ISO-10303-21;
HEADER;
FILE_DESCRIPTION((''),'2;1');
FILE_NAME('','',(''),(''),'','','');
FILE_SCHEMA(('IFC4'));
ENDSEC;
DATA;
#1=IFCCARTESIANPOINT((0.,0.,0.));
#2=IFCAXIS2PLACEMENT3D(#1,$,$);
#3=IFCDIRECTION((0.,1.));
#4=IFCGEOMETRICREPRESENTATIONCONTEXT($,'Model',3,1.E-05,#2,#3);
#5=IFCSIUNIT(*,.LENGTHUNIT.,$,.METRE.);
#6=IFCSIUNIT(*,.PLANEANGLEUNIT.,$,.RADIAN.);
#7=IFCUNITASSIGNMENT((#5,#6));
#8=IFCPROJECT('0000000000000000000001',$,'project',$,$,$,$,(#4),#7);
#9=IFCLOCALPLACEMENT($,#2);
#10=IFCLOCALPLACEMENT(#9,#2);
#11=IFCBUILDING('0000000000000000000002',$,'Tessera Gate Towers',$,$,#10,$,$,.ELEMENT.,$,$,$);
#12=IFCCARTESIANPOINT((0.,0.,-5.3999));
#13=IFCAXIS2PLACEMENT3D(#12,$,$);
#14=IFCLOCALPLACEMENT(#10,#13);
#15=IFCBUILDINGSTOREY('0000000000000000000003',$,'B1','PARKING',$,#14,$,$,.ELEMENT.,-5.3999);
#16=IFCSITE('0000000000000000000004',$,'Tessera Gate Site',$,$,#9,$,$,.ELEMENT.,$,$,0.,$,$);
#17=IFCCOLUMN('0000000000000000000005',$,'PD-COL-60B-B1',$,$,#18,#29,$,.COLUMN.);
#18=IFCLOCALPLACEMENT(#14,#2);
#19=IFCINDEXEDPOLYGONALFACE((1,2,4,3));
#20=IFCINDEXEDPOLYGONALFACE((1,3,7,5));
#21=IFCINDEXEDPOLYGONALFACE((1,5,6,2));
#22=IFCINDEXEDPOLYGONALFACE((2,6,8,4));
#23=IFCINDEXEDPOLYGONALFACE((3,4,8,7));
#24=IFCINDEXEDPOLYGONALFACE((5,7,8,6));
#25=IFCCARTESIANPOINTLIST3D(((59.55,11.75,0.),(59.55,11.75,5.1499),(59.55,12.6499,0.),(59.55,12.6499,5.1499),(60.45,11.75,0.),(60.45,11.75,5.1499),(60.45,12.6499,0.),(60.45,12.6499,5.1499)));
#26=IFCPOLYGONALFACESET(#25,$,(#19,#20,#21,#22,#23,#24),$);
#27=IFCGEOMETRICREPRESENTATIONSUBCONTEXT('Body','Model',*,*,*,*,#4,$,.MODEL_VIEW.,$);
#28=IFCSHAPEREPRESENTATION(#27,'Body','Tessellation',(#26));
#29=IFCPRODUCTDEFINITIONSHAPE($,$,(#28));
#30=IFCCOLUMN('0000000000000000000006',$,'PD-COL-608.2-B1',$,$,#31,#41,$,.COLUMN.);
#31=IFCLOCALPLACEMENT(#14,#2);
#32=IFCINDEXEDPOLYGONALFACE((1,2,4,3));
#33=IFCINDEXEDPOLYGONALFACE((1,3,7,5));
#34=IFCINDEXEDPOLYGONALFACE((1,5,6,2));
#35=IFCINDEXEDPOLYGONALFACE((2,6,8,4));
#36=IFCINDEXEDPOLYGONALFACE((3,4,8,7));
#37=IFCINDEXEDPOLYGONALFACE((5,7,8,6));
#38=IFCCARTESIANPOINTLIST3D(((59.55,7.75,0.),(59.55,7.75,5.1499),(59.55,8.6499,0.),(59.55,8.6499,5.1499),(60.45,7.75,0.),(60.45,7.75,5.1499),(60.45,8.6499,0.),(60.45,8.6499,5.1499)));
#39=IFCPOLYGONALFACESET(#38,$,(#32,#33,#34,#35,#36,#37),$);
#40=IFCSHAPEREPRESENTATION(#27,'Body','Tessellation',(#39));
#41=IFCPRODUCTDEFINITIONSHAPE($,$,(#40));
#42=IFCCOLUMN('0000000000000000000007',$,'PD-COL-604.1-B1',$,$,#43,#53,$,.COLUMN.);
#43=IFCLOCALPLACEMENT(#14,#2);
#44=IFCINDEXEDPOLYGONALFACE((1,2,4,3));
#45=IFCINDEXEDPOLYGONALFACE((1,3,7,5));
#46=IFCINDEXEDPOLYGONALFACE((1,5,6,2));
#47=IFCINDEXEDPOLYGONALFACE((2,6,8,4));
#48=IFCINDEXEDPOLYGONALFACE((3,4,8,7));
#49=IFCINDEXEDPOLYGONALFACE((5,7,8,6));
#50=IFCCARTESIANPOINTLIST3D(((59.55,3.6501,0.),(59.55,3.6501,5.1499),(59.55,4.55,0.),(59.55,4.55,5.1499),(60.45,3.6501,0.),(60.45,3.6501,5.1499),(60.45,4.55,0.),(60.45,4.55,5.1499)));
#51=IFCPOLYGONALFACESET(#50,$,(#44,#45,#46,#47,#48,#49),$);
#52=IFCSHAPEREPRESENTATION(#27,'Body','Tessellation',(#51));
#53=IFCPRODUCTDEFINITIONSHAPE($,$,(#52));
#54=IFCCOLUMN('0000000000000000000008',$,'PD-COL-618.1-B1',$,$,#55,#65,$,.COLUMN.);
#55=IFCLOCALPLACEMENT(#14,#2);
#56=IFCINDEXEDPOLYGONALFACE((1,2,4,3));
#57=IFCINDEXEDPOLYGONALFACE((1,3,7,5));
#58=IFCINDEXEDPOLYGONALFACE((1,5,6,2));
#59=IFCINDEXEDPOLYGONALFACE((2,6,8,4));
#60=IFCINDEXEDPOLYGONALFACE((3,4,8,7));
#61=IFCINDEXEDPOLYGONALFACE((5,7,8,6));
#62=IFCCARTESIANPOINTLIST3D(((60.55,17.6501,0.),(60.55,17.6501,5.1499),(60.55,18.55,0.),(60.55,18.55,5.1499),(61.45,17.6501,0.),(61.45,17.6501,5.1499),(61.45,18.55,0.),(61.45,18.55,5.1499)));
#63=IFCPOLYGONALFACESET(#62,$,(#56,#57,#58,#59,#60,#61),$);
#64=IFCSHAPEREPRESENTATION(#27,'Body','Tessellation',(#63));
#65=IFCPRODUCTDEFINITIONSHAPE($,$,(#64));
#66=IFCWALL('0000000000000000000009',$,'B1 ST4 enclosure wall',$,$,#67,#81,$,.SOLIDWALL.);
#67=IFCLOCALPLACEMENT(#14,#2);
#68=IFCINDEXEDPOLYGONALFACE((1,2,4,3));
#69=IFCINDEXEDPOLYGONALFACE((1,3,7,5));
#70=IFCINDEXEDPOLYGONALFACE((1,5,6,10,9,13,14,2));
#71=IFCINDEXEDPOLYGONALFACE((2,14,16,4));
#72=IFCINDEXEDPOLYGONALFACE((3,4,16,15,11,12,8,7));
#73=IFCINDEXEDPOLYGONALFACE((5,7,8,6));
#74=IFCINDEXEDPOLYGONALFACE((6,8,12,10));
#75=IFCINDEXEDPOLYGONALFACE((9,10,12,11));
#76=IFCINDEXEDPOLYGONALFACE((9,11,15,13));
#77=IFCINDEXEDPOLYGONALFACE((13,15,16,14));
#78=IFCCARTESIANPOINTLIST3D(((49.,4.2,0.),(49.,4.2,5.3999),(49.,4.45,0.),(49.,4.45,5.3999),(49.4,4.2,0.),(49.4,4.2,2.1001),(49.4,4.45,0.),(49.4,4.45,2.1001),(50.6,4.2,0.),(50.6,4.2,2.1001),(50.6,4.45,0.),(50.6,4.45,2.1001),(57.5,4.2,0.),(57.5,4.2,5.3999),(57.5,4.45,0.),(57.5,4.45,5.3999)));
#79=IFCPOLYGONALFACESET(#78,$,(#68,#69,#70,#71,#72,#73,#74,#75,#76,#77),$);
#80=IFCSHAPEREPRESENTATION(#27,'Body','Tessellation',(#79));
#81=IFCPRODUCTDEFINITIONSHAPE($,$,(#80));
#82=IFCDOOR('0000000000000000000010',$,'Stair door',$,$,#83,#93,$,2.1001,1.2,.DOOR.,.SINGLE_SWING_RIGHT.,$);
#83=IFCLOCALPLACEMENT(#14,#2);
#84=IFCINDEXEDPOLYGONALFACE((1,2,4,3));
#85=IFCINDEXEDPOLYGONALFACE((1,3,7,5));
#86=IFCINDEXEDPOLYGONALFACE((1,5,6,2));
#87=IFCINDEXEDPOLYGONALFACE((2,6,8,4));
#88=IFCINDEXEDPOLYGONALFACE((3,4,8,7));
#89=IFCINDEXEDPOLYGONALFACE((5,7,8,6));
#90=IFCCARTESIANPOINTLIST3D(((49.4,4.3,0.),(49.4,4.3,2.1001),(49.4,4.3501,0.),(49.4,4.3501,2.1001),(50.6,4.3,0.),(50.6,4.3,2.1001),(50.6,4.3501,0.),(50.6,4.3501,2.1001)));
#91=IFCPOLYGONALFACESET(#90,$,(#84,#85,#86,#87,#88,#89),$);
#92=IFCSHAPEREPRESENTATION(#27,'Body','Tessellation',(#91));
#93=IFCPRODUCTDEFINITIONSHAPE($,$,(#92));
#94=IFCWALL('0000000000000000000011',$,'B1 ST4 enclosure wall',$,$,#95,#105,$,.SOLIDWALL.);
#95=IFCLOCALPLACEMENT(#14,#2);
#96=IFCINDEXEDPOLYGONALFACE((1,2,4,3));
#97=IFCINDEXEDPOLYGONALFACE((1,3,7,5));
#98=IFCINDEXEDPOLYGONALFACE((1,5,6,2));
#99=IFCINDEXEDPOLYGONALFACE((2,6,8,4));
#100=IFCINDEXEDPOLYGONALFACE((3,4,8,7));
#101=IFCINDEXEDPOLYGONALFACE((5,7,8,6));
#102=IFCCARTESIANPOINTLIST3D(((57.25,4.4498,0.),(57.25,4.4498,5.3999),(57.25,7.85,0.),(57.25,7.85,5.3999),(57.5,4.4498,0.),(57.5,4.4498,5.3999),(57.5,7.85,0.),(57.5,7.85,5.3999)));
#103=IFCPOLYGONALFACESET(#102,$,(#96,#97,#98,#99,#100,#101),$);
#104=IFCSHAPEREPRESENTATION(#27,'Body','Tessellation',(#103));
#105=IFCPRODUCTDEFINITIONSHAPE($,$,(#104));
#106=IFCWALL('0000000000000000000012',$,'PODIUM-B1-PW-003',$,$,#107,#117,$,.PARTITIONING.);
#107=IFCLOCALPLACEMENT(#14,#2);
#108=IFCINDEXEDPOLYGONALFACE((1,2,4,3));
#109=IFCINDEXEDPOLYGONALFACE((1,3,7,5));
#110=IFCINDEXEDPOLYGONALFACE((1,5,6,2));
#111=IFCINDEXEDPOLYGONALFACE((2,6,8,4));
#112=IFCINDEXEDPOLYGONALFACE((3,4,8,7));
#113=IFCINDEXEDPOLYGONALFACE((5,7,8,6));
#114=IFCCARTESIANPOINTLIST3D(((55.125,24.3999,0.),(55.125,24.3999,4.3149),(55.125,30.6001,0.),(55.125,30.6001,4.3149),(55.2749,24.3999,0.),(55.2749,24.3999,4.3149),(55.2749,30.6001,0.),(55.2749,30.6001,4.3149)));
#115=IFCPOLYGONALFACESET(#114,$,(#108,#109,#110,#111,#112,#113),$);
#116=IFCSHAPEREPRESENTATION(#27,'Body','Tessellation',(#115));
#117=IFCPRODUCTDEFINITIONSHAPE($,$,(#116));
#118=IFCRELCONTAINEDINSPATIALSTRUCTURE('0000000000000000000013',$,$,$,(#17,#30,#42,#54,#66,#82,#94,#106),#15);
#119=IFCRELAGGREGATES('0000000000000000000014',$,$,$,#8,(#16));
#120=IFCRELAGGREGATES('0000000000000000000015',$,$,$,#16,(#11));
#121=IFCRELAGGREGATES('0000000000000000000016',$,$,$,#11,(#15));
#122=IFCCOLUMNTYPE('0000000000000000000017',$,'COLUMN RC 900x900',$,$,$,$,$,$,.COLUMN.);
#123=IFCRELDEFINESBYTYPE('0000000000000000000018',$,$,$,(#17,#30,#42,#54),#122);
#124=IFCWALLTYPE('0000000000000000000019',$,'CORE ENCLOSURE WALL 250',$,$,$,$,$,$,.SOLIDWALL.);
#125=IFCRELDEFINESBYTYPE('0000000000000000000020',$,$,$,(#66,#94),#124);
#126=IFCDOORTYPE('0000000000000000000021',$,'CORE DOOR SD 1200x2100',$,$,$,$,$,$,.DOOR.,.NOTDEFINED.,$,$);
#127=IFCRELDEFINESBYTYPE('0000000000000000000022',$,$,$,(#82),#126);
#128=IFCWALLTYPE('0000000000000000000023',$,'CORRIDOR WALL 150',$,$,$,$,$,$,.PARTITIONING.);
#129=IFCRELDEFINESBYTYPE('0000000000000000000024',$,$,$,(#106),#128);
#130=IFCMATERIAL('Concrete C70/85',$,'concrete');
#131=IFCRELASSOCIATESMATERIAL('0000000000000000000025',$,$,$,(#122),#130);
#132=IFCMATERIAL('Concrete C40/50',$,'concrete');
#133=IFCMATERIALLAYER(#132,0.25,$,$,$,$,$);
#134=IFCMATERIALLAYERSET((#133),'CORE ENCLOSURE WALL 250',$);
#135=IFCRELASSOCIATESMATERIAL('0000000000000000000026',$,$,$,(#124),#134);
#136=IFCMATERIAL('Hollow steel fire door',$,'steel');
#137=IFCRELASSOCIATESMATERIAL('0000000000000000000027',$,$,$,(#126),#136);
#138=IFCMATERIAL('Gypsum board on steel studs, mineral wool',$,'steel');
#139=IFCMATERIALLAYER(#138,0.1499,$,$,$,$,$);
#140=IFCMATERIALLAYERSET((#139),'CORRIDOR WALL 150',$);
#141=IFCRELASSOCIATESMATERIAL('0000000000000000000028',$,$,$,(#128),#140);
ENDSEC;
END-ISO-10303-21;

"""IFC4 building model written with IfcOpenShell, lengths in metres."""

from ifc_helpers import new_model, si_unit, direction, frame, frame_2d, origin, origin_2d, place, context, subcontext, project, spatial, rectangle, extrude, source, transform, mapped, material, layer, layer_set, material_profile, profile_set, type_object, element, fill, save


model = new_model("IFC4")

# Units and contexts
model_context = context("Model", 3, precision=1e-05, world=origin(), true_north=direction((0.0, 1.0)))
body_context = subcontext(model_context, "Body", "Model", "MODEL_VIEW")
ifc_project = project(units=[si_unit("LENGTHUNIT", "METRE"), si_unit("PLANEANGLEUNIT", "RADIAN")], contexts=[model_context])

# Site, building, storey
site_placement = place(None, origin())
site = spatial("IfcSite", under=ifc_project, at=site_placement, Name="Tessera Gate Site", CompositionType="ELEMENT", RefElevation=0.0)
building_placement = place(site_placement, origin())
building = spatial("IfcBuilding", under=site, at=building_placement, Name="Tessera Gate Towers", CompositionType="ELEMENT")
storey_placement = place(building_placement, frame((0.0, 0.0, -5.3999)))
storey = spatial("IfcBuildingStorey", under=building, at=storey_placement, Name="B1", Description="PARKING", CompositionType="ELEMENT", Elevation=-5.3999)

# Columns
ifc_material_1 = material(Name="Concrete C70/85", Category="concrete")
ifc_material_profile_1 = material_profile(ifc_material_1, rectangle(XDim=0.8999, YDim=0.8999, at=origin_2d()), Name="RC 900x900")
ifc_profile_set_1 = profile_set([ifc_material_profile_1], Name="Concrete C70/85")
column_type = type_object("IfcColumnType", Name="COLUMN RC 900x900", PredefinedType="COLUMN", material=ifc_profile_set_1)
for number, where, z_axis, x_axis, name in (
    (1, (60.0, 12.2, 0.0), (0.0, 0.0, 1.0), (1.0, 0.0, 0.0), "PD-COL-60B-B1"),
    (2, (60.0, 8.2, 0.0), (0.0, 0.0, 1.0), (1.0, 0.0, 0.0), "PD-COL-608.2-B1"),
    (3, (60.0, 4.1001, 0.0), (0.0, 0.0, 1.0), (1.0, 0.0, 0.0), "PD-COL-604.1-B1"),
    (4, (61.0, 18.1001, 0.0), (0.0, 0.0, 1.0), (1.0, 0.0, 0.0), "PD-COL-618.1-B1"),
):
    element("IfcColumn", number, at=place(storey_placement, frame(where, z_axis=z_axis, x_axis=x_axis)), inside=storey, type_object=column_type, Name=name, PredefinedType="COLUMN", context=body_context, shape_type="SweptSolid", body=[
        extrude(rectangle(XDim=0.8999, YDim=0.8999, at=origin_2d()), origin(), (0.0, 0.0, 1.0), 5.1499),
    ])

# Wall, opening, door
ifc_material_2 = material(Name="Concrete C40/50", Category="concrete")
ifc_layer_1 = layer(ifc_material_2, 0.25)
ifc_layer_set_1 = layer_set([ifc_layer_1], Name="CORE ENCLOSURE WALL 250")
wall_type_1 = type_object("IfcWallType", Name="CORE ENCLOSURE WALL 250", PredefinedType="SOLIDWALL", material=ifc_layer_set_1)
wall_1_placement = place(storey_placement, frame((57.5, 4.325, 0.0), z_axis=(0.0, 0.0, 1.0), x_axis=(-1.0, 0.0, 0.0)))
wall_1 = element("IfcWall", 5, at=wall_1_placement, inside=storey, type_object=wall_type_1, Name="B1 ST4 enclosure wall", PredefinedType="SOLIDWALL", context=body_context, shape_type="SweptSolid", body=[
    extrude(rectangle(XDim=8.5, YDim=0.25, at=frame_2d((4.25, 0.0))), origin(), (0.0, 0.0, 1.0), 5.3999),
])
shared_shape_1 = source(origin(), body_context, "Body", "SweptSolid", [
    extrude(rectangle(XDim=1.2, YDim=2.1001, at=frame_2d((0.6001, 1.05))), frame((0.0, 0.135, 0.0), z_axis=(0.0, -1.0, 0.0), x_axis=(1.0, 0.0, 0.0)), (0.0, 0.0, 1.0), 0.27),
])
opening_placement = place(wall_1_placement, frame((6.8999, 0.0, 0.0)))
opening = element("IfcOpeningElement", 6, at=opening_placement, cuts=wall_1, PredefinedType="OPENING", context=body_context, shape_type="MappedRepresentation", body=[
    mapped(shared_shape_1, transform((0.0, 0.0, 0.0), scale=1.0)),
])
ifc_material_3 = material(Name="Hollow steel fire door", Category="steel")
door_type = type_object("IfcDoorType", Name="CORE DOOR SD 1200x2100", OperationType="NOTDEFINED", PredefinedType="DOOR", material=ifc_material_3)
shared_shape_2 = source(origin(), body_context, "Body", "SweptSolid", [
    extrude(rectangle(XDim=1.2, YDim=2.1001, at=frame_2d((0.6001, 1.05))), frame((0.0, 0.0249, 0.0), z_axis=(0.0, -1.0, 0.0), x_axis=(1.0, 0.0, 0.0)), (0.0, 0.0, 1.0), 0.05),
])
door_placement = place(opening_placement, origin())
door = element("IfcDoor", 7, at=door_placement, inside=storey, type_object=door_type, Name="Stair door", OperationType="SINGLE_SWING_RIGHT", OverallHeight=2.1001, OverallWidth=1.2, PredefinedType="DOOR", context=body_context, shape_type="MappedRepresentation", body=[
    mapped(shared_shape_2, transform((0.0, 0.0, 0.0), scale=1.0)),
])
fill(opening, door)

# Walls
wall_2_placement = place(storey_placement, frame((57.375, 7.8501, 0.0), z_axis=(0.0, 0.0, 1.0), x_axis=(0.0, -1.0, 0.0)))
element("IfcWall", 8, at=wall_2_placement, inside=storey, type_object=wall_type_1, Name="B1 ST4 enclosure wall", PredefinedType="SOLIDWALL", context=body_context, shape_type="SweptSolid", body=[
    extrude(rectangle(XDim=3.4001, YDim=0.25, at=frame_2d((1.7002, 0.0))), origin(), (0.0, 0.0, 1.0), 5.3999),
])
ifc_material_4 = material(Name="Gypsum board on steel studs, mineral wool", Category="steel")
ifc_layer_2 = layer(ifc_material_4, 0.1499)
ifc_layer_set_2 = layer_set([ifc_layer_2], Name="CORRIDOR WALL 150")
wall_type_2 = type_object("IfcWallType", Name="CORRIDOR WALL 150", PredefinedType="PARTITIONING", material=ifc_layer_set_2)
wall_3_placement = place(storey_placement, frame((55.2, 24.3999, 0.0), z_axis=(0.0, 0.0, 1.0), x_axis=(0.0, 1.0, 0.0)))
element("IfcWall", 9, at=wall_3_placement, inside=storey, type_object=wall_type_2, Name="PODIUM-B1-PW-003", PredefinedType="PARTITIONING", context=body_context, shape_type="SweptSolid", body=[
    extrude(rectangle(XDim=6.2002, YDim=0.1499, at=frame_2d((3.1001, 0.0))), origin(), (0.0, 0.0, 1.0), 4.3149),
])

save(model, "model.ifc")
